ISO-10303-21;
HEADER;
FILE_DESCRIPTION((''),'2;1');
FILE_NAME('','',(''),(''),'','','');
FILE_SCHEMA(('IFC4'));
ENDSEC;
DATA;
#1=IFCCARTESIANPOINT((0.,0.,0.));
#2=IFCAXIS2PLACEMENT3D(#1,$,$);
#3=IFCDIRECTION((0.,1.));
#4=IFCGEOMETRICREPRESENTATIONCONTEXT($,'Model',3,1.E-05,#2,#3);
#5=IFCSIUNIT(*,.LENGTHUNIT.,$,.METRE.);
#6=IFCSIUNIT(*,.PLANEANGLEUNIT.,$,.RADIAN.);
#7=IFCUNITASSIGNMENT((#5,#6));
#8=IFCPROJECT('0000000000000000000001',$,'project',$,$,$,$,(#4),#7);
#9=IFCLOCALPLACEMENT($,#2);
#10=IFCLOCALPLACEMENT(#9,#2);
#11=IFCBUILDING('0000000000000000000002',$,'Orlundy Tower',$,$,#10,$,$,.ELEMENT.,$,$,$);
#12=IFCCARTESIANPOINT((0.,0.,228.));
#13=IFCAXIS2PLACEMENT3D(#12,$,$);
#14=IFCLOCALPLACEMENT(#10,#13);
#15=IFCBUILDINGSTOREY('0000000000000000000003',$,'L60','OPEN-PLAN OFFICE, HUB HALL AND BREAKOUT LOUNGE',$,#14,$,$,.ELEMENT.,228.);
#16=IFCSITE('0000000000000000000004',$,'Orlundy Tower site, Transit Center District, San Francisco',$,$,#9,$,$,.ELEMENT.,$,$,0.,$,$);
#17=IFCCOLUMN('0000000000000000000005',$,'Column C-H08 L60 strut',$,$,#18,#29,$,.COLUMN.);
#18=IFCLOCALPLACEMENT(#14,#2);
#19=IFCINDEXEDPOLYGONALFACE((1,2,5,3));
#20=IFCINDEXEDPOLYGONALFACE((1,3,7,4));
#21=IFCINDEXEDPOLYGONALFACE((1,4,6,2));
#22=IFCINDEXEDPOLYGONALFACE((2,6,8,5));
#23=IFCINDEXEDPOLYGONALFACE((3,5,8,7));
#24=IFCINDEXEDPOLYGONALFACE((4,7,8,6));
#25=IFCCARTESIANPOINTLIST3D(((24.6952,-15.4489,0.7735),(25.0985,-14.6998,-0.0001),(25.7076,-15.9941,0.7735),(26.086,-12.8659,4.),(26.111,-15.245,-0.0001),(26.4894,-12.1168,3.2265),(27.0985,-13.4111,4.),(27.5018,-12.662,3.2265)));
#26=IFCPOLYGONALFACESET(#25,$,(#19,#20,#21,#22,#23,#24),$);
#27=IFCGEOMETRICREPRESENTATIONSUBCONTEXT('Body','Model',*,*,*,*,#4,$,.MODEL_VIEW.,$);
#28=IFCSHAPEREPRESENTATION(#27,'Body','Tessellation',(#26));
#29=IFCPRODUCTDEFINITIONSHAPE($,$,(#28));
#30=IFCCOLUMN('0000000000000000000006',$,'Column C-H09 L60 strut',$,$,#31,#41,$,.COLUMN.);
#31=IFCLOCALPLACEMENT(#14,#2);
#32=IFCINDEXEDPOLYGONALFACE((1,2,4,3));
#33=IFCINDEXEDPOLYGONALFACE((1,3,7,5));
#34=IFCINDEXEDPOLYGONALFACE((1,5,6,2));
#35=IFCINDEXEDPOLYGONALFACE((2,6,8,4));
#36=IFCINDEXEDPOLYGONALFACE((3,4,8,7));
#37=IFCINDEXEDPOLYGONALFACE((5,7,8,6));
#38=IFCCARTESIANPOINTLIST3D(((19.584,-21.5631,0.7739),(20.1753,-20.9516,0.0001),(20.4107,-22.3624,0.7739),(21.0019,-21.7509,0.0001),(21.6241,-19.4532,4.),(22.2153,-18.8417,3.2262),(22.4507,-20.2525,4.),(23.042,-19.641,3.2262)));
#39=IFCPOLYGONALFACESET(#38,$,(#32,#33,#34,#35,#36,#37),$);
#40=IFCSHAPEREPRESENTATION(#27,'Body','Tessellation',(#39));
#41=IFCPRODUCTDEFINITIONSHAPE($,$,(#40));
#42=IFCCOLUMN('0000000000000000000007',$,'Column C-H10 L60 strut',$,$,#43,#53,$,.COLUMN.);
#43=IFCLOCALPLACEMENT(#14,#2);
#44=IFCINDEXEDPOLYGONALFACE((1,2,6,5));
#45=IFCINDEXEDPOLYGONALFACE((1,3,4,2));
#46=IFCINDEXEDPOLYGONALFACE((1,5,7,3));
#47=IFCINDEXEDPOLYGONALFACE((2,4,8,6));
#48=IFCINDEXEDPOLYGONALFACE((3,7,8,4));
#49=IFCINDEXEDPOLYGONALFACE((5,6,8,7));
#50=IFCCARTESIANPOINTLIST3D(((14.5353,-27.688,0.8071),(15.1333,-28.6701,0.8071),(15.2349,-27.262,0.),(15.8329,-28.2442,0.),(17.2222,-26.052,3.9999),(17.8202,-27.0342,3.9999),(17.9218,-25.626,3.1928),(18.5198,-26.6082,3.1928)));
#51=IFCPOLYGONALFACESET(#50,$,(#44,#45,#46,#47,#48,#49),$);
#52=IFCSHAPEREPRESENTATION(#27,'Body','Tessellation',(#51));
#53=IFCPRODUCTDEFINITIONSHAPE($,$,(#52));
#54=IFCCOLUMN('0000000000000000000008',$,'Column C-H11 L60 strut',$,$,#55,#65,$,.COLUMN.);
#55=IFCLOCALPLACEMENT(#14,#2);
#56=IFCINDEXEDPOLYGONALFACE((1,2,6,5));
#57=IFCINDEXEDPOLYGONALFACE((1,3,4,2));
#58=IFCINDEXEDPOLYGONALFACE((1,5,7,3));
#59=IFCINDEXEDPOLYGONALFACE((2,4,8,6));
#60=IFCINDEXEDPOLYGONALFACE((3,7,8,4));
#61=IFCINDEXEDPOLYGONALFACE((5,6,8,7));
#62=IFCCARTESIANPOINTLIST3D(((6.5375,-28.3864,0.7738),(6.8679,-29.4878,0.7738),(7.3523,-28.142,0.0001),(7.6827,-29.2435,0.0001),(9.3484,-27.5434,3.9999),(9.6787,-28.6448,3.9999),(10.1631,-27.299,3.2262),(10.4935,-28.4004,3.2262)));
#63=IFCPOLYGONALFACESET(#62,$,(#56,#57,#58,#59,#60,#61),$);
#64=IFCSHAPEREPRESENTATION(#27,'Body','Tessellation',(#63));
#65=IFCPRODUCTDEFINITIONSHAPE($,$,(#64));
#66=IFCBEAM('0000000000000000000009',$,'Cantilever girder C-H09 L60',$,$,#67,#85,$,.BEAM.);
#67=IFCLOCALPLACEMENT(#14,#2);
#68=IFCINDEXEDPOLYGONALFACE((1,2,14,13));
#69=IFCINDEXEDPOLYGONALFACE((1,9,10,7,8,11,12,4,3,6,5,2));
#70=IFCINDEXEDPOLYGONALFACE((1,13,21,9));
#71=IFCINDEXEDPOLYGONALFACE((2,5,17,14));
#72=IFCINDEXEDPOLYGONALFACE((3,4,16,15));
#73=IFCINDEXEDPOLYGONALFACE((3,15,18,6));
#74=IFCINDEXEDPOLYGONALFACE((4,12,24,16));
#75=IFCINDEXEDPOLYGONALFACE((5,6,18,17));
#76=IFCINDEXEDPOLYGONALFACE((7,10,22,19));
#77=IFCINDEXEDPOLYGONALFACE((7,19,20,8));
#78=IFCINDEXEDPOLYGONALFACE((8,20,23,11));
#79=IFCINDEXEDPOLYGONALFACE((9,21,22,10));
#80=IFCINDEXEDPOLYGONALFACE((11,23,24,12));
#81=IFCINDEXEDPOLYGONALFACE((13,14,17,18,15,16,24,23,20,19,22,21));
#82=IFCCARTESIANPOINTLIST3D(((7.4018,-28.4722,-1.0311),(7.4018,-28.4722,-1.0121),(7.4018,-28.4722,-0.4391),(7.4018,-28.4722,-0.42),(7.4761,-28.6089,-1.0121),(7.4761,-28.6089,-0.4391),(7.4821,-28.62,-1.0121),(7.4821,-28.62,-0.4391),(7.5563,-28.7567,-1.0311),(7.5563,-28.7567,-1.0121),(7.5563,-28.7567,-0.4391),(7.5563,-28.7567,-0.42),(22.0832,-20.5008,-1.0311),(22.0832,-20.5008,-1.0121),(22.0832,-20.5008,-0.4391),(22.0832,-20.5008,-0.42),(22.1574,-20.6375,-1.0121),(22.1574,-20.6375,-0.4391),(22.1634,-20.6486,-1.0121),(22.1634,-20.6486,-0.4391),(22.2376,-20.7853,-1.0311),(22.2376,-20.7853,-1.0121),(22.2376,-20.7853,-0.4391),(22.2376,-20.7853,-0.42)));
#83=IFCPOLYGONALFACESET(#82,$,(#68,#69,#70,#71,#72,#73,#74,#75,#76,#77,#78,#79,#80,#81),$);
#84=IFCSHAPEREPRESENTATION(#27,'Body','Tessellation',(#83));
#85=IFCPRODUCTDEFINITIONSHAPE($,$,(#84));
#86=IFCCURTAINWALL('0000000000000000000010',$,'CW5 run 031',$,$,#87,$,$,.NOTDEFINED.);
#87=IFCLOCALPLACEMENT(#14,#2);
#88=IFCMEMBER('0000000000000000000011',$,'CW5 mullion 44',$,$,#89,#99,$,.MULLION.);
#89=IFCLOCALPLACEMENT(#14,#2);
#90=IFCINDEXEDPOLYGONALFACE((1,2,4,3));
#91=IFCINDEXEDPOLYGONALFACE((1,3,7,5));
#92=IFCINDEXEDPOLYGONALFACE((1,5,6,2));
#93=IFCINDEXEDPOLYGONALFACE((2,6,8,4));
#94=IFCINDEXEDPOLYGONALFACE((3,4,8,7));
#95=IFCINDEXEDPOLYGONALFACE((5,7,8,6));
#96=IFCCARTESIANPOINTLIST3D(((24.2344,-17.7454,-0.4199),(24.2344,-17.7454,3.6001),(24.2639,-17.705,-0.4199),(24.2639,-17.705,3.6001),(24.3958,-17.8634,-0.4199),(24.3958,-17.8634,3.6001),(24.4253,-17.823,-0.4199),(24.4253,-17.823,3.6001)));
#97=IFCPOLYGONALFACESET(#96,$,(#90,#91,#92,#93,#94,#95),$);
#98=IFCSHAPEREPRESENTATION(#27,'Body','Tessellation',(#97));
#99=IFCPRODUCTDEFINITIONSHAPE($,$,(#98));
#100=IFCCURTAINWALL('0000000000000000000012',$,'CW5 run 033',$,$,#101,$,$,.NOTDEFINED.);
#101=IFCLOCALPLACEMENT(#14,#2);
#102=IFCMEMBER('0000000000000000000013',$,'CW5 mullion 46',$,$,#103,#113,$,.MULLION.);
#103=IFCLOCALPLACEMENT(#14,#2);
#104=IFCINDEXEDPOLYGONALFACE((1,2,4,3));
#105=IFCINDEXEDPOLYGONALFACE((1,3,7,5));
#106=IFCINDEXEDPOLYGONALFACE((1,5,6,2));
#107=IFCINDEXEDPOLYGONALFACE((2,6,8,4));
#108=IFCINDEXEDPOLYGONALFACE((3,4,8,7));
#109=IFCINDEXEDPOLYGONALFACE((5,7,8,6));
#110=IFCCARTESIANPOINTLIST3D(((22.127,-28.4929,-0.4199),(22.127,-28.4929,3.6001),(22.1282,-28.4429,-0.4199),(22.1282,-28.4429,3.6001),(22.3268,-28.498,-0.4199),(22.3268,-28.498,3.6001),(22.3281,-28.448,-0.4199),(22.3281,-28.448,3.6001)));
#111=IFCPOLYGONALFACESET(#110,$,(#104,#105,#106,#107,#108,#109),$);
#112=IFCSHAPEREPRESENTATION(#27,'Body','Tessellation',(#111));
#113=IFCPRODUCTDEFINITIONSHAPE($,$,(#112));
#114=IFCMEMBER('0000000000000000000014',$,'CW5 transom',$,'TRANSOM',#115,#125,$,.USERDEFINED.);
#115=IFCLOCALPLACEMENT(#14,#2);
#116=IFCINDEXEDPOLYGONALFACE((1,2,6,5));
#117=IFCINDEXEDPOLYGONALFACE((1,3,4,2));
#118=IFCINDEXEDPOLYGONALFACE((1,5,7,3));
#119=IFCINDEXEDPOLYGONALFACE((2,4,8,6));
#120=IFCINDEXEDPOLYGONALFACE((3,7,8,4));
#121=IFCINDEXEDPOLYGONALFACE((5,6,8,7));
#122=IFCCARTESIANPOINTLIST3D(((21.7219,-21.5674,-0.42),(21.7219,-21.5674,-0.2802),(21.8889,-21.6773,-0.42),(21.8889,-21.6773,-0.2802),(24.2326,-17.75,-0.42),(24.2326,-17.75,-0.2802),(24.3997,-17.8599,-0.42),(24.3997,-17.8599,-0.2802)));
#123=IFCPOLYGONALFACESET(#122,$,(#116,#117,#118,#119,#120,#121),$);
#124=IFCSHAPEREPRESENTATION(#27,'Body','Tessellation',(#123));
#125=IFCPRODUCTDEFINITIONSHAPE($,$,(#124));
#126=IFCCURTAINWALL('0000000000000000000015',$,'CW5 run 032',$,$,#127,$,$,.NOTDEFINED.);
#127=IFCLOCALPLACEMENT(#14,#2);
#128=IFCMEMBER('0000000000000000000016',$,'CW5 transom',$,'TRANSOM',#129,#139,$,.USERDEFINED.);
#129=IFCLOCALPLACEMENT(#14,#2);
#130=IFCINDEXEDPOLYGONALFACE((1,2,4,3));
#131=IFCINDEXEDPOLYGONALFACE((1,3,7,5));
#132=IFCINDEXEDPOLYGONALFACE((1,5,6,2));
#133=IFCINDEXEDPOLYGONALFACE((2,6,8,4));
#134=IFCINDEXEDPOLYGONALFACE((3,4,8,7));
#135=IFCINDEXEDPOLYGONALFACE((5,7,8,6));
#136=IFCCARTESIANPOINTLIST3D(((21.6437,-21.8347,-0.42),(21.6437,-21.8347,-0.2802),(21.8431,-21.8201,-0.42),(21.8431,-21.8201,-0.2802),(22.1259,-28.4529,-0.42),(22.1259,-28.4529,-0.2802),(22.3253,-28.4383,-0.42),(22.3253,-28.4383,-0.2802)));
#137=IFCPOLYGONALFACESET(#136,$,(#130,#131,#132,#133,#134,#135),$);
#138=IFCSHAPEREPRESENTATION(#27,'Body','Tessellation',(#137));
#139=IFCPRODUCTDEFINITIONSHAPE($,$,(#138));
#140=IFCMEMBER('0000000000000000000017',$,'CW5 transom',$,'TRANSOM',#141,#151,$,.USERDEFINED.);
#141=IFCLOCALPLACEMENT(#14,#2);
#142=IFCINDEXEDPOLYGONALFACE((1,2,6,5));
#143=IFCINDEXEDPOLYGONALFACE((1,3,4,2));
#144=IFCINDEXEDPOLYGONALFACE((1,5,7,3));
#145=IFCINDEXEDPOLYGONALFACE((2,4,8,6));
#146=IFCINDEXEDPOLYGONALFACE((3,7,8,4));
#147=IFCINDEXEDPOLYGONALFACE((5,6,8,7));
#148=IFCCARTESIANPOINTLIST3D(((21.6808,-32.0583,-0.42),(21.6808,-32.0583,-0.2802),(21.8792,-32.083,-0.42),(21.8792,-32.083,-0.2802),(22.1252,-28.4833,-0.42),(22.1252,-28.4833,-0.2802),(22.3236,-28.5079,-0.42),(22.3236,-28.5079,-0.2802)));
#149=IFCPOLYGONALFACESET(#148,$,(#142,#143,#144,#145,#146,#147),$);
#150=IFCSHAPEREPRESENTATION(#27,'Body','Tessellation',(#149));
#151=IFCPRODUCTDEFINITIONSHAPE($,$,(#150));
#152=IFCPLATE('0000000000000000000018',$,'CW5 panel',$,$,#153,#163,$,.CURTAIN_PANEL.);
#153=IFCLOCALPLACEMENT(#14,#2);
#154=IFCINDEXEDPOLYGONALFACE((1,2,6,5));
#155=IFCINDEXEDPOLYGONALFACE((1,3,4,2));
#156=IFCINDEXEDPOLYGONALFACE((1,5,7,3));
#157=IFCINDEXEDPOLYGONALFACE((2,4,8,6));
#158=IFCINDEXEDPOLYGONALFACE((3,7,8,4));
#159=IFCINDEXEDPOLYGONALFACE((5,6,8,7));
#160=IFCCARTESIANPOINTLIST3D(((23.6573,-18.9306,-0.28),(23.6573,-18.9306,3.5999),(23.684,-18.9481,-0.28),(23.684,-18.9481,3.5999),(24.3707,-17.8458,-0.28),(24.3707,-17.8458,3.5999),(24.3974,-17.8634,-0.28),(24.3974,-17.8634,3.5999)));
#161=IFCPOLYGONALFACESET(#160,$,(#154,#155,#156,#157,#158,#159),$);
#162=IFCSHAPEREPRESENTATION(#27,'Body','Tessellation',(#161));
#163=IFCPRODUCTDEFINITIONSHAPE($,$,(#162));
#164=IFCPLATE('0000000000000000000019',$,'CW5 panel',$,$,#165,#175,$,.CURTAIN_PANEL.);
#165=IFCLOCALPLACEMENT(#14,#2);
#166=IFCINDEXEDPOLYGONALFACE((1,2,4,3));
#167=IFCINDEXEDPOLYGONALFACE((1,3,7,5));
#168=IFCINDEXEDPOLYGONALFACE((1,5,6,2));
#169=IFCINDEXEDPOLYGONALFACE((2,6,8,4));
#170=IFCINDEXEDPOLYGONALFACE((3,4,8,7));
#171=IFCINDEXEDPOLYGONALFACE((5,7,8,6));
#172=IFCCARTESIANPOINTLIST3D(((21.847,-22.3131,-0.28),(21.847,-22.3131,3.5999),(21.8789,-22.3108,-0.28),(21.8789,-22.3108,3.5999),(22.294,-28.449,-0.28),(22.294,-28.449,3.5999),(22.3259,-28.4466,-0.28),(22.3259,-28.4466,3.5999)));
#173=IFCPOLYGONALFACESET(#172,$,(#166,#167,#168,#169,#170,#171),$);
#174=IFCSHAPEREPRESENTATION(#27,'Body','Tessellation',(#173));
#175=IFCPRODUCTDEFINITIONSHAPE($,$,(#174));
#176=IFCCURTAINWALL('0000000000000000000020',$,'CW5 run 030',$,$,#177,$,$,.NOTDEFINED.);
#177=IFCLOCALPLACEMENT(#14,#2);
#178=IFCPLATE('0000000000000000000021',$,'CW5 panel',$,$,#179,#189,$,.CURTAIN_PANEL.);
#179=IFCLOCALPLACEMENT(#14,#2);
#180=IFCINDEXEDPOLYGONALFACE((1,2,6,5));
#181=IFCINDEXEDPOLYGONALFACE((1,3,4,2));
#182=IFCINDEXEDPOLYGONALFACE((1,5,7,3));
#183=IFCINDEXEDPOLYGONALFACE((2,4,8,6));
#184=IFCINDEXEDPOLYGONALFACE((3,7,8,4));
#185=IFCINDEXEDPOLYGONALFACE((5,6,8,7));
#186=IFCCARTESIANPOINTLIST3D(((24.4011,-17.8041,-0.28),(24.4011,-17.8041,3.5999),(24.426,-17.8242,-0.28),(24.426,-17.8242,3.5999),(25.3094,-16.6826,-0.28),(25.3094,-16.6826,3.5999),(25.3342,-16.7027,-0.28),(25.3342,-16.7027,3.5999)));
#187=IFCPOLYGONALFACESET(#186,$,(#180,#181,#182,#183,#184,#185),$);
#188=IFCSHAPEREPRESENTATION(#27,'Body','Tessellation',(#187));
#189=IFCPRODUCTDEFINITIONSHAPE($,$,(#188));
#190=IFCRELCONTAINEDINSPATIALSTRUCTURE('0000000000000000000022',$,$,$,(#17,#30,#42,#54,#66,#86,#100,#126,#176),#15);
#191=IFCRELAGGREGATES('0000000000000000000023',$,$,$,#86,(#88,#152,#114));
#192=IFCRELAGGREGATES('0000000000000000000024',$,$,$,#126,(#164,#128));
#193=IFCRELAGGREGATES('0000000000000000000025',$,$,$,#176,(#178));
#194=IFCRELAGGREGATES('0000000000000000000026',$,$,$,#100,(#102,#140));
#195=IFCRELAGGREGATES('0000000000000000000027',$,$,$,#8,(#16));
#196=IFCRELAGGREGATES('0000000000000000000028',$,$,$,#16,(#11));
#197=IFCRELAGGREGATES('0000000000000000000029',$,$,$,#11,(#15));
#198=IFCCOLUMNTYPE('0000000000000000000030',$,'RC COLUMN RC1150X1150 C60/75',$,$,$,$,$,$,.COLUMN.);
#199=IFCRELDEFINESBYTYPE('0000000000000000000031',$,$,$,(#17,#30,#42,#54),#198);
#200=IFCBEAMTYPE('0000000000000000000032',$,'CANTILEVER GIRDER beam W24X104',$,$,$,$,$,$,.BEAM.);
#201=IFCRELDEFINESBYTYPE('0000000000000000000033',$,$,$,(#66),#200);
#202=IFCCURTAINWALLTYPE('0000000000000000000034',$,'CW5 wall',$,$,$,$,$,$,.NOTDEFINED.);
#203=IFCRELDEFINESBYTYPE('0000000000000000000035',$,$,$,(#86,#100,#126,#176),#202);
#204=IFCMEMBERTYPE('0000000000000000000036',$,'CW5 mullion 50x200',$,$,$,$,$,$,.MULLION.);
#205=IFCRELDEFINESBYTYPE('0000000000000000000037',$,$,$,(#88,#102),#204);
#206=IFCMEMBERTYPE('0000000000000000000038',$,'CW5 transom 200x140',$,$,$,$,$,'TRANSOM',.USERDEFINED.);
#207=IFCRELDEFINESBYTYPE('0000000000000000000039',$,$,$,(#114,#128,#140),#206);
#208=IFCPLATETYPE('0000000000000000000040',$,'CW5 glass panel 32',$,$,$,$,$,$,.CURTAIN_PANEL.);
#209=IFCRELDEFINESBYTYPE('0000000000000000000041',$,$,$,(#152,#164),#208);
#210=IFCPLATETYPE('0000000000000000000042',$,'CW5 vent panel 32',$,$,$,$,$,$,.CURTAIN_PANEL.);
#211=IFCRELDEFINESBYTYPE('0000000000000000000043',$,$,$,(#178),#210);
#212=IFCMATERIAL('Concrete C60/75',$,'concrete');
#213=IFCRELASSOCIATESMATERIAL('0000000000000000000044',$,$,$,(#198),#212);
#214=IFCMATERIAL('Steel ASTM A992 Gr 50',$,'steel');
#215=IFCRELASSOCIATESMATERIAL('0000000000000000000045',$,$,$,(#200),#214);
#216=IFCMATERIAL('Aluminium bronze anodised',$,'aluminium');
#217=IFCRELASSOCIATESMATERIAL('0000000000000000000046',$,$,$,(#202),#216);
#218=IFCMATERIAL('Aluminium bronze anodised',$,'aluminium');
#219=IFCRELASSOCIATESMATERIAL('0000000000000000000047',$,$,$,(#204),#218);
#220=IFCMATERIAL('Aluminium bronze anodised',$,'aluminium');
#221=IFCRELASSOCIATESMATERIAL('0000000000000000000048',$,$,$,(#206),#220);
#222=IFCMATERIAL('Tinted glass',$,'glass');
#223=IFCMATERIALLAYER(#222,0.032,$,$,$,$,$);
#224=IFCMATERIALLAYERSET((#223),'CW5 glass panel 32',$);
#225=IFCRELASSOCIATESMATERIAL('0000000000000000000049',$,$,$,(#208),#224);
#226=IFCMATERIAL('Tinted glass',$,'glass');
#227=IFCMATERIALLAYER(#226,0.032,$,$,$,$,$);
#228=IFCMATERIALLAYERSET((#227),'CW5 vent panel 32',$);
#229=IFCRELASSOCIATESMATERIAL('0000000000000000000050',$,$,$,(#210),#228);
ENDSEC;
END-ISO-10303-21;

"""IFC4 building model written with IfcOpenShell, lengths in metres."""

from ifc_helpers import new_model, si_unit, direction, frame, origin, origin_2d, place, context, subcontext, project, spatial, rectangle, i_section, extrude, material, layer, layer_set, material_profile, profile_set, type_object, element, aggregate, save


model = new_model("IFC4")

# Units and contexts
model_context = context("Model", 3, precision=1e-05, world=origin(), true_north=direction((0.0, 1.0)))
body_context = subcontext(model_context, "Body", "Model", "MODEL_VIEW")
ifc_project = project(units=[si_unit("LENGTHUNIT", "METRE"), si_unit("PLANEANGLEUNIT", "RADIAN")], contexts=[model_context])

# Site, building, storey
site_placement = place(None, origin())
site = spatial("IfcSite", under=ifc_project, at=site_placement, Name="Orlundy Tower site, Transit Center District, San Francisco", CompositionType="ELEMENT", RefElevation=0.0)
building_placement = place(site_placement, origin())
building = spatial("IfcBuilding", under=site, at=building_placement, Name="Orlundy Tower", CompositionType="ELEMENT")
storey_placement = place(building_placement, frame((0.0, 0.0, 228.0)))
storey = spatial("IfcBuildingStorey", under=building, at=storey_placement, Name="L60", Description="OPEN-PLAN OFFICE, HUB HALL AND BREAKOUT LOUNGE", CompositionType="ELEMENT", Elevation=228.0)

# Columns
ifc_material_1 = material(Name="Concrete C60/75", Category="concrete")
ifc_material_profile_1 = material_profile(ifc_material_1, rectangle(XDim=1.1499, YDim=1.1499, at=origin_2d()), Name="RC1150X1150")
ifc_profile_set_1 = profile_set([ifc_material_profile_1], Name="Concrete C60/75")
column_type = type_object("IfcColumnType", Name="RC COLUMN RC1150X1150 C60/75", PredefinedType="COLUMN", material=ifc_profile_set_1)
column_1_placement = place(storey_placement, frame((25.4031, -15.3469, 0.3867), z_axis=(0.318943, 0.592315, 0.73989), x_axis=(-0.880468, 0.474105, 0.0)))
element("IfcColumn", 1, at=column_1_placement, inside=storey, type_object=column_type, Name="Column C-H08 L60 strut", PredefinedType="COLUMN", context=body_context, shape_type="SweptSolid", body=[
    extrude(rectangle(XDim=1.1499, YDim=1.1499, at=origin_2d()), origin(), (0.0, 0.0, 1.0), 4.3608),
])
column_2_placement = place(storey_placement, frame((20.293, -21.657, 0.387), z_axis=(0.467761, 0.483771, 0.739707), x_axis=(-0.718902, 0.695111, 0.0)))
element("IfcColumn", 2, at=column_2_placement, inside=storey, type_object=column_type, Name="Column C-H09 L60 strut", PredefinedType="COLUMN", context=body_context, shape_type="SweptSolid", body=[
    extrude(rectangle(XDim=1.1499, YDim=1.1499, at=origin_2d()), origin(), (0.0, 0.0, 1.0), 4.3613),
])
column_3_placement = place(storey_placement, frame((15.1841, -27.9661, 0.4036), z_axis=(0.599473, 0.364989, 0.712331), x_axis=(-0.520043, 0.85414, 0.0)))
element("IfcColumn", 3, at=column_3_placement, inside=storey, type_object=column_type, Name="Column C-H10 L60 strut", PredefinedType="COLUMN", context=body_context, shape_type="SweptSolid", body=[
    extrude(rectangle(XDim=1.1499, YDim=1.1499, at=origin_2d()), origin(), (0.0, 0.0, 1.0), 4.4822),
])
column_4_placement = place(storey_placement, frame((7.1101, -28.8149, 0.387), z_axis=(0.644521, 0.193306, 0.739747), x_axis=(-0.287279, 0.957847, 0.0)))
element("IfcColumn", 4, at=column_4_placement, inside=storey, type_object=column_type, Name="Column C-H11 L60 strut", PredefinedType="COLUMN", context=body_context, shape_type="SweptSolid", body=[
    extrude(rectangle(XDim=1.1499, YDim=1.1499, at=origin_2d()), origin(), (0.0, 0.0, 1.0), 4.3611),
])

# Beam
ifc_material_2 = material(Name="Steel ASTM A992 Gr 50", Category="steel")
ifc_material_profile_2 = material_profile(ifc_material_2, i_section(OverallWidth=0.3237, OverallDepth=0.6111, WebThickness=0.0127, FlangeThickness=0.019, at=origin_2d()), Name="W24X104")
ifc_profile_set_2 = profile_set([ifc_material_profile_2], Name="Steel ASTM A992 Gr 50")
beam_type = type_object("IfcBeamType", Name="CANTILEVER GIRDER beam W24X104", PredefinedType="BEAM", material=ifc_profile_set_2)
beam_placement = place(storey_placement, frame((22.1604, -20.6431, -0.7256), z_axis=(-0.878815, -0.477163, 0.0), x_axis=(0.477163, -0.878815, 0.0)))
element("IfcBeam", 5, at=beam_placement, inside=storey, type_object=beam_type, Name="Cantilever girder C-H09 L60", PredefinedType="BEAM", context=body_context, shape_type="SweptSolid", body=[
    extrude(i_section(OverallWidth=0.3237, OverallDepth=0.6111, WebThickness=0.0127, FlangeThickness=0.019, at=origin_2d()), origin(), (0.0, 0.0, 1.0), 16.7058),
])

# Curtain walls, members
ifc_material_3 = material(Name="Aluminium bronze anodised", Category="aluminium")
curtain_wall_type = type_object("IfcCurtainWallType", Name="CW5 wall", PredefinedType="NOTDEFINED", material=ifc_material_3)
curtain_wall_1_placement = place(storey_placement, origin())
curtain_wall_1 = element("IfcCurtainWall", 6, at=curtain_wall_1_placement, inside=storey, type_object=curtain_wall_type, Name="CW5 run 031", PredefinedType="NOTDEFINED")
ifc_material_4 = material(Name="Aluminium bronze anodised", Category="aluminium")
ifc_material_profile_3 = material_profile(ifc_material_4, rectangle(XDim=0.2, YDim=0.05, at=origin_2d()), Name="CW5 mullion 50x200")
ifc_profile_set_3 = profile_set([ifc_material_profile_3], Name="Aluminium bronze anodised")
member_type_1 = type_object("IfcMemberType", Name="CW5 mullion 50x200", PredefinedType="MULLION", material=ifc_profile_set_3)
member_1_placement = place(storey_placement, frame((24.3298, -17.7842, -0.4199), z_axis=(0.0, 0.0, 1.0), x_axis=(0.807296, -0.590147, 0.0)))
member_1 = element("IfcMember", 7, at=member_1_placement, type_object=member_type_1, Name="CW5 mullion 44", PredefinedType="MULLION", context=body_context, shape_type="SweptSolid", body=[
    extrude(rectangle(XDim=0.2, YDim=0.05, at=origin_2d()), origin(), (0.0, 0.0, 1.0), 4.02),
])
curtain_wall_2_placement = place(storey_placement, origin())
curtain_wall_2 = element("IfcCurtainWall", 8, at=curtain_wall_2_placement, inside=storey, type_object=curtain_wall_type, Name="CW5 run 033", PredefinedType="NOTDEFINED")
member_2_placement = place(storey_placement, frame((22.2275, -28.4705, -0.4199), z_axis=(0.0, 0.0, 1.0), x_axis=(0.999676, -0.025444, 0.0)))
member_2 = element("IfcMember", 9, at=member_2_placement, type_object=member_type_1, Name="CW5 mullion 46", PredefinedType="MULLION", context=body_context, shape_type="SweptSolid", body=[
    extrude(rectangle(XDim=0.2, YDim=0.05, at=origin_2d()), origin(), (0.0, 0.0, 1.0), 4.02),
])

# Member
ifc_material_5 = material(Name="Aluminium bronze anodised", Category="aluminium")
ifc_material_profile_4 = material_profile(ifc_material_5, rectangle(XDim=0.2, YDim=0.1399, at=origin_2d()), Name="CW5 transom 200x140")
ifc_profile_set_4 = profile_set([ifc_material_profile_4], Name="Aluminium bronze anodised")
member_type_2 = type_object("IfcMemberType", Name="CW5 transom 200x140", ElementType="TRANSOM", PredefinedType="USERDEFINED", material=ifc_profile_set_4)
member_3_placement = place(storey_placement, frame((24.3162, -17.8049, -0.3501), z_axis=(-0.549511, -0.835487, 0.0), x_axis=(0.835487, -0.549511, 0.0)))
member_3 = element("IfcMember", 10, at=member_3_placement, type_object=member_type_2, Name="CW5 transom", ObjectType="TRANSOM", PredefinedType="USERDEFINED", context=body_context, shape_type="SweptSolid", body=[
    extrude(rectangle(XDim=0.2, YDim=0.1399, at=origin_2d()), origin(), (0.0, 0.0, 1.0), 4.5691),
])

# Curtain wall, member
curtain_wall_3_placement = place(storey_placement, origin())
curtain_wall_3 = element("IfcCurtainWall", 11, at=curtain_wall_3_placement, inside=storey, type_object=curtain_wall_type, Name="CW5 run 032", PredefinedType="NOTDEFINED")
member_4_placement = place(storey_placement, frame((21.7434, -21.8274, -0.3501), z_axis=(0.072664, -0.997356, 0.0), x_axis=(0.997356, 0.072664, 0.0)))
member_4 = element("IfcMember", 12, at=member_4_placement, type_object=member_type_2, Name="CW5 transom", ObjectType="TRANSOM", PredefinedType="USERDEFINED", context=body_context, shape_type="SweptSolid", body=[
    extrude(rectangle(XDim=0.2, YDim=0.1399, at=origin_2d()), origin(), (0.0, 0.0, 1.0), 6.6357),
])

# Member
member_5_placement = place(storey_placement, frame((22.2244, -28.4956, -0.3501), z_axis=(-0.123342, -0.992364, 0.0), x_axis=(0.992364, -0.123342, 0.0)))
member_5 = element("IfcMember", 13, at=member_5_placement, type_object=member_type_2, Name="CW5 transom", ObjectType="TRANSOM", PredefinedType="USERDEFINED", context=body_context, shape_type="SweptSolid", body=[
    extrude(rectangle(XDim=0.2, YDim=0.1399, at=origin_2d()), origin(), (0.0, 0.0, 1.0), 3.6025),
])

# Plates
ifc_material_6 = material(Name="Tinted glass", Category="glass")
ifc_layer_1 = layer(ifc_material_6, 0.032)
ifc_layer_set_1 = layer_set([ifc_layer_1], Name="CW5 glass panel 32")
plate_type_1 = type_object("IfcPlateType", Name="CW5 glass panel 32", PredefinedType="CURTAIN_PANEL", material=ifc_layer_set_1)
plate_1_placement = place(storey_placement, frame((24.0273, -18.397, -0.28), z_axis=(0.0, 0.0, 1.0), x_axis=(-0.549501, -0.835493, 0.0)))
plate_1 = element("IfcPlate", 14, at=plate_1_placement, type_object=plate_type_1, Name="CW5 panel", PredefinedType="CURTAIN_PANEL", context=body_context, shape_type="SweptSolid", body=[
    extrude(rectangle(XDim=1.2983, YDim=0.032, at=origin_2d()), origin(), (0.0, 0.0, 1.0), 3.8799),
])
aggregate(curtain_wall_1, [member_1, plate_1, member_3])
plate_2_placement = place(storey_placement, frame((22.0864, -25.3799, -0.28), z_axis=(0.0, 0.0, 1.0), x_axis=(0.072661, -0.997357, 0.0)))
plate_2 = element("IfcPlate", 15, at=plate_2_placement, type_object=plate_type_1, Name="CW5 panel", PredefinedType="CURTAIN_PANEL", context=body_context, shape_type="SweptSolid", body=[
    extrude(rectangle(XDim=6.1521, YDim=0.032, at=origin_2d()), origin(), (0.0, 0.0, 1.0), 3.8799),
])
aggregate(curtain_wall_3, [plate_2, member_4])

# Curtain wall, plate
curtain_wall_4_placement = place(storey_placement, origin())
curtain_wall_4 = element("IfcCurtainWall", 16, at=curtain_wall_4_placement, inside=storey, type_object=curtain_wall_type, Name="CW5 run 030", PredefinedType="NOTDEFINED")
ifc_material_7 = material(Name="Tinted glass", Category="glass")
ifc_layer_2 = layer(ifc_material_7, 0.032)
ifc_layer_set_2 = layer_set([ifc_layer_2], Name="CW5 vent panel 32")
plate_type_2 = type_object("IfcPlateType", Name="CW5 vent panel 32", PredefinedType="CURTAIN_PANEL", material=ifc_layer_set_2)
plate_3_placement = place(storey_placement, frame((24.8677, -17.2534, -0.28), z_axis=(0.0, 0.0, 1.0), x_axis=(-0.629349, -0.777122, 0.0)))
plate_3 = element("IfcPlate", 17, at=plate_3_placement, type_object=plate_type_2, Name="CW5 panel", PredefinedType="CURTAIN_PANEL", context=body_context, shape_type="SweptSolid", body=[
    extrude(rectangle(XDim=1.4431, YDim=0.032, at=origin_2d()), origin(), (0.0, 0.0, 1.0), 3.8799),
])
aggregate(curtain_wall_4, [plate_3])

aggregate(curtain_wall_2, [member_2, member_5])

save(model, "model.ifc")
